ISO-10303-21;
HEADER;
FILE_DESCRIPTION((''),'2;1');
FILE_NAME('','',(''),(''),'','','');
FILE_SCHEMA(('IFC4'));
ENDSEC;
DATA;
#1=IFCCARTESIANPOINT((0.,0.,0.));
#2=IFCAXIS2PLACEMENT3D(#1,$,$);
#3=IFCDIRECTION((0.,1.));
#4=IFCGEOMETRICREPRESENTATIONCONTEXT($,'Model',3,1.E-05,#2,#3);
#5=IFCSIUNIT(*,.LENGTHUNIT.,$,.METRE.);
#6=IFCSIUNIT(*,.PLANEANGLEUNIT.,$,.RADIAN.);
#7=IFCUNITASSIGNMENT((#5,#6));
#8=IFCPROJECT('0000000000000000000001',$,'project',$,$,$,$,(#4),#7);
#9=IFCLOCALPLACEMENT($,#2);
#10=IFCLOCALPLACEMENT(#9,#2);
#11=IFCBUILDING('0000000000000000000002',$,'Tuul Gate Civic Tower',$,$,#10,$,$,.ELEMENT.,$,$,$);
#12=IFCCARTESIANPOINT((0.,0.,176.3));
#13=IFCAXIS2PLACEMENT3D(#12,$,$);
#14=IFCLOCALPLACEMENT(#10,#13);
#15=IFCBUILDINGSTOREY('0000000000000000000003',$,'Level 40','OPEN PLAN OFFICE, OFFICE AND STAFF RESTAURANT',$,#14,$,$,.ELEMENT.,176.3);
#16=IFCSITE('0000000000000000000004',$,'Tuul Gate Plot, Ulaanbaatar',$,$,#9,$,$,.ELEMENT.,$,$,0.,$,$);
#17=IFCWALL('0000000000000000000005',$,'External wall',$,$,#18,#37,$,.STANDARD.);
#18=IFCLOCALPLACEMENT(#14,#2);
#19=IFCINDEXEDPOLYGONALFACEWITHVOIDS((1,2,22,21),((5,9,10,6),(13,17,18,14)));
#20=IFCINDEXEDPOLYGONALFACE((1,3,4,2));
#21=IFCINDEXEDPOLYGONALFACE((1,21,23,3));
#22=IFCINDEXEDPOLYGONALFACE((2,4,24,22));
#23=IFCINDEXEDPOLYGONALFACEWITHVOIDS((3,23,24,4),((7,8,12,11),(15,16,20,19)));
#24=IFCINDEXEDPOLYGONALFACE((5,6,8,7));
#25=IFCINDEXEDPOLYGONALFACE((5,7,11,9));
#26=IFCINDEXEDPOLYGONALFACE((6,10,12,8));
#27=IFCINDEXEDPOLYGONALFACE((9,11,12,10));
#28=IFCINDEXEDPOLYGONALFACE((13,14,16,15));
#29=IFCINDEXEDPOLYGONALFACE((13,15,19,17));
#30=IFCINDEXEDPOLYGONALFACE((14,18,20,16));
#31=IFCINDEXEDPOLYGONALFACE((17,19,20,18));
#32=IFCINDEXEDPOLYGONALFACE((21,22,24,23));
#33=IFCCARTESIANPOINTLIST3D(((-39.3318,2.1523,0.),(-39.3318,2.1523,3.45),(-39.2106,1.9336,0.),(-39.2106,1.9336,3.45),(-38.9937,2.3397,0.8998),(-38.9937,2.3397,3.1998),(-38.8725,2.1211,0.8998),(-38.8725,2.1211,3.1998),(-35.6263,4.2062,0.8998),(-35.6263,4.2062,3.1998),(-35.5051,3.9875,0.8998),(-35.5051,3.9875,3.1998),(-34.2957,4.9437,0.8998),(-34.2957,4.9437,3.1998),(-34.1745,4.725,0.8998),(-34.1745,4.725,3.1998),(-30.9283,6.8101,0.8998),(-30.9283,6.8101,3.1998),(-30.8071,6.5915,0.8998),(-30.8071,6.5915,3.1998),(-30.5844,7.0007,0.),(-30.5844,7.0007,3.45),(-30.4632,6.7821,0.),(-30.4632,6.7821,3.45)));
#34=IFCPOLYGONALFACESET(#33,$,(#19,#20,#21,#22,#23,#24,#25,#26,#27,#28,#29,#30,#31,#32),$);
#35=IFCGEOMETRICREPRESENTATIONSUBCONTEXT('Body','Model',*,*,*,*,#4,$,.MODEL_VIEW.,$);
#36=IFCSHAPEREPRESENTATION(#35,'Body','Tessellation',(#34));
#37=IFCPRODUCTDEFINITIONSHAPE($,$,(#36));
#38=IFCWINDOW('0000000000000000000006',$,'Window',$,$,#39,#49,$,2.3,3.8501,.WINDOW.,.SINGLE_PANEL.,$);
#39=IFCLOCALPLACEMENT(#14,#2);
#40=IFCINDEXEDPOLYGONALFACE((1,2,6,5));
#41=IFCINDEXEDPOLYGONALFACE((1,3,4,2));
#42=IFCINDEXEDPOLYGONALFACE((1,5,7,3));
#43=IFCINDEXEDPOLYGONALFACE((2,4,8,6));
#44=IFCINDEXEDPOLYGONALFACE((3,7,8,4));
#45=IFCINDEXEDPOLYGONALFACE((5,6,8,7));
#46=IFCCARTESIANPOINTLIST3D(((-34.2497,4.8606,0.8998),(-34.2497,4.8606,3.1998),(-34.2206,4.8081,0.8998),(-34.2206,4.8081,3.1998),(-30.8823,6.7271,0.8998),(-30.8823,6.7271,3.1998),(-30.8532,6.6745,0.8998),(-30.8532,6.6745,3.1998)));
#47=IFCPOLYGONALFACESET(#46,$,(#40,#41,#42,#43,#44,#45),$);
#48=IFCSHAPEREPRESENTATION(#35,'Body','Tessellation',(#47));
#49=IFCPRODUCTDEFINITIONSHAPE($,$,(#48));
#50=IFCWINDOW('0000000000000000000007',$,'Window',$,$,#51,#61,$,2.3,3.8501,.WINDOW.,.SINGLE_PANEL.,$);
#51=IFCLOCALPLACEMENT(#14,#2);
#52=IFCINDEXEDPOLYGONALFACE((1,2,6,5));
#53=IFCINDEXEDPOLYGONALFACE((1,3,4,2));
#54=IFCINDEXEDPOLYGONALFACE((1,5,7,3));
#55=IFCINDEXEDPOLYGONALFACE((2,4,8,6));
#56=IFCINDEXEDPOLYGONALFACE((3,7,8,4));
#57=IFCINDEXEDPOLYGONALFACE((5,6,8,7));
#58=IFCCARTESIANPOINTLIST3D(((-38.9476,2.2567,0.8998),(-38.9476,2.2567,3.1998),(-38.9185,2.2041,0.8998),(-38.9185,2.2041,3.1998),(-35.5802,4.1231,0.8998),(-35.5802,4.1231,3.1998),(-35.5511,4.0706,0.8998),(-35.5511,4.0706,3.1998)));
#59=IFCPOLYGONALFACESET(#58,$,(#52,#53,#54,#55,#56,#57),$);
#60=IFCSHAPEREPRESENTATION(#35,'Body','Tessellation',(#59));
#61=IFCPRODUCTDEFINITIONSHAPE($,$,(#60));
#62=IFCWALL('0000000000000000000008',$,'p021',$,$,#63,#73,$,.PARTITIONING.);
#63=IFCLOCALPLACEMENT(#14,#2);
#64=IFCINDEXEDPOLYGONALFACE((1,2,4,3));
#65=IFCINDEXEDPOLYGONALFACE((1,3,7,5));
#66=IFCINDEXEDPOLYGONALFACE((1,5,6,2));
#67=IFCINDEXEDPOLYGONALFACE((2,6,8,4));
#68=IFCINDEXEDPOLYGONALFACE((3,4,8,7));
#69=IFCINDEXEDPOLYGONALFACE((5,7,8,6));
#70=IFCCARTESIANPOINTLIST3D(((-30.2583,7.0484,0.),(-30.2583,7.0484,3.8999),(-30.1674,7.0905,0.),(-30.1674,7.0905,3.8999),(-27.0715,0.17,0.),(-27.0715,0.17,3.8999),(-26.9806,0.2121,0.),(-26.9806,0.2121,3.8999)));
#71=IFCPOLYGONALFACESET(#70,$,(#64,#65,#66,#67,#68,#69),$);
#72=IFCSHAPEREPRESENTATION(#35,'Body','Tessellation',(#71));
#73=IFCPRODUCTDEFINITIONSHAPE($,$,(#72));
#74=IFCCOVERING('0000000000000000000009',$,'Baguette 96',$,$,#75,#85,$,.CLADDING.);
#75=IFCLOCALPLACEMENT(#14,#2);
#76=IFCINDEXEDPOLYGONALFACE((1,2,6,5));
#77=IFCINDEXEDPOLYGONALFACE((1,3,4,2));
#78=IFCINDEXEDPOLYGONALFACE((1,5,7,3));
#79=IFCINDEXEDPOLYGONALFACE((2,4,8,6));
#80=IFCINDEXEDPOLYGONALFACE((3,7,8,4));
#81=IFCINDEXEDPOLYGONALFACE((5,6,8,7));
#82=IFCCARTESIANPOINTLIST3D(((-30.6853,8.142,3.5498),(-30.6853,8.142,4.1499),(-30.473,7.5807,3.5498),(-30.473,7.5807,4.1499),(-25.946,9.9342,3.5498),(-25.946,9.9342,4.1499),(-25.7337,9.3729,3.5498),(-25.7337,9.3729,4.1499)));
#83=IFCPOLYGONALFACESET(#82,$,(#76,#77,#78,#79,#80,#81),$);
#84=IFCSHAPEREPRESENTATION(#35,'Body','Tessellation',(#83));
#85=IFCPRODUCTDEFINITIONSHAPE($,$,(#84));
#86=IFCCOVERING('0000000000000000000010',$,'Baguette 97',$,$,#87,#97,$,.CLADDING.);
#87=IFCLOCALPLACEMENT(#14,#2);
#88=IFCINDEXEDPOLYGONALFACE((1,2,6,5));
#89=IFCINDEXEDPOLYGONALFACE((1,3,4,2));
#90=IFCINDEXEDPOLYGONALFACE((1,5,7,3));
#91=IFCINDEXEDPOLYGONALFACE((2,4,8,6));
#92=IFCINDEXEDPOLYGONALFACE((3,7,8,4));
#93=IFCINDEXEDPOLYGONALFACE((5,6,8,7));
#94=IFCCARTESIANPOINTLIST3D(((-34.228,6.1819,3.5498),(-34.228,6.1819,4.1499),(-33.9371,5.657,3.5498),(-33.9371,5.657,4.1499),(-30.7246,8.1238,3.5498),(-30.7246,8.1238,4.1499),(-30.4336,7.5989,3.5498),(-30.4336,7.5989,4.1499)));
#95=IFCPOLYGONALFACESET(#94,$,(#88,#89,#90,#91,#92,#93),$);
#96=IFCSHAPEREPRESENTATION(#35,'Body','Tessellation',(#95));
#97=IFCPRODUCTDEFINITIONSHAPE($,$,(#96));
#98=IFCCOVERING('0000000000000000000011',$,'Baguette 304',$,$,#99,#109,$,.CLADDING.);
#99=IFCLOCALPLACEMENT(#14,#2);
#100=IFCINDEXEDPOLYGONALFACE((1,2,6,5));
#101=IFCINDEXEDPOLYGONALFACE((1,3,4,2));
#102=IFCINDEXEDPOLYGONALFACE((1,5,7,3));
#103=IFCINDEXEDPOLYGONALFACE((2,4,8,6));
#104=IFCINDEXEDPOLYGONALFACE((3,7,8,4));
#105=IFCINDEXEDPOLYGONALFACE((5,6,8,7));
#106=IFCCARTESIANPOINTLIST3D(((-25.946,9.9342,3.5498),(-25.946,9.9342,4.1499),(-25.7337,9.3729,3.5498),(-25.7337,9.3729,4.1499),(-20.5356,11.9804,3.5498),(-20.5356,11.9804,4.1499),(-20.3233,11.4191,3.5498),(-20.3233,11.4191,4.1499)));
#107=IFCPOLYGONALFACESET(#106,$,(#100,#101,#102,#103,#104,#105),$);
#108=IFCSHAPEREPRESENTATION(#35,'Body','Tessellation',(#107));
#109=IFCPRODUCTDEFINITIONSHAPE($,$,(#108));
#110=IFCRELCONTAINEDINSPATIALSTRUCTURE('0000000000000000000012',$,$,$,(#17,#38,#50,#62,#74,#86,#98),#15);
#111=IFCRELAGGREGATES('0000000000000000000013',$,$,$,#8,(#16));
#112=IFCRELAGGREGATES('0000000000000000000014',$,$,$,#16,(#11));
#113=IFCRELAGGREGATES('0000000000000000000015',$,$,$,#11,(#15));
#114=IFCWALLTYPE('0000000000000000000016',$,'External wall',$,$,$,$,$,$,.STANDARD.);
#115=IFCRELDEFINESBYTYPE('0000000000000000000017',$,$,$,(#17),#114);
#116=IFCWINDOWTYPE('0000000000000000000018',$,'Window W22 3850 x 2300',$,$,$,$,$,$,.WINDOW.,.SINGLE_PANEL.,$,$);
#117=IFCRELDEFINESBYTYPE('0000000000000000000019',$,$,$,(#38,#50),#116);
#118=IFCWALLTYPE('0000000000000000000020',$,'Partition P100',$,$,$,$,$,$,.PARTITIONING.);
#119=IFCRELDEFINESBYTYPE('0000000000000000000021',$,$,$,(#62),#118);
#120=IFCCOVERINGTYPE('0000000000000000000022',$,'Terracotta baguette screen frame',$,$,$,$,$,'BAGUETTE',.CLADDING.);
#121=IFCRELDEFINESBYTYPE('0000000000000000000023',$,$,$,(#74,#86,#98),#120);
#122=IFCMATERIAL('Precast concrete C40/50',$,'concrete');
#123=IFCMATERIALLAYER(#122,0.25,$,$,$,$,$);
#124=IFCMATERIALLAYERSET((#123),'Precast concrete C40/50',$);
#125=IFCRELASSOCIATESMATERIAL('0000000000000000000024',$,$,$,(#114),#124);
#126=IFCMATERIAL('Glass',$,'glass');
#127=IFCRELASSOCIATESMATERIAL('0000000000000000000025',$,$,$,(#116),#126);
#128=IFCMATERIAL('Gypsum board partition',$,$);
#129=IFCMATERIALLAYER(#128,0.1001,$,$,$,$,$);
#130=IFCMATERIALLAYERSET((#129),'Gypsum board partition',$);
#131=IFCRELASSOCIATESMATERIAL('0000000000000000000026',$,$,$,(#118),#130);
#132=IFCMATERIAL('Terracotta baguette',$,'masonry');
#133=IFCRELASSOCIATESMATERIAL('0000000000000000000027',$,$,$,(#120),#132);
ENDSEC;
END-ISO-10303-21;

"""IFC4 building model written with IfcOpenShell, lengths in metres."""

from ifc_helpers import new_model, si_unit, direction, frame, frame_2d, origin, origin_2d, place, context, subcontext, project, spatial, rectangle, extrude, material, layer, layer_set, material_profile, profile_set, type_object, element, fill, save


model = new_model("IFC4")

# Units and contexts
model_context = context("Model", 3, precision=1e-05, world=origin(), true_north=direction((0.0, 1.0)))
body_context = subcontext(model_context, "Body", "Model", "MODEL_VIEW")
ifc_project = project(units=[si_unit("LENGTHUNIT", "METRE"), si_unit("PLANEANGLEUNIT", "RADIAN")], contexts=[model_context])

# Site, building, storey
site_placement = place(None, origin())
site = spatial("IfcSite", under=ifc_project, at=site_placement, Name="Tuul Gate Plot, Ulaanbaatar", CompositionType="ELEMENT", RefElevation=0.0)
building_placement = place(site_placement, origin())
building = spatial("IfcBuilding", under=site, at=building_placement, Name="Tuul Gate Civic Tower", CompositionType="ELEMENT")
storey_placement = place(building_placement, frame((0.0, 0.0, 176.3)))
storey = spatial("IfcBuildingStorey", under=building, at=storey_placement, Name="Level 40", Description="OPEN PLAN OFFICE, OFFICE AND STAFF RESTAURANT", CompositionType="ELEMENT", Elevation=176.3)

# Wall, openings, windows
ifc_material_1 = material(Name="Precast concrete C40/50", Category="concrete")
ifc_layer_1 = layer(ifc_material_1, 0.25)
ifc_layer_set_1 = layer_set([ifc_layer_1], Name="Precast concrete C40/50")
wall_type_1 = type_object("IfcWallType", Name="External wall", PredefinedType="STANDARD", material=ifc_layer_set_1)
ifc_material_2 = material(Name="Glass", Category="glass")
window_type = type_object("IfcWindowType", Name="Window W22 3850 x 2300", PartitioningType="SINGLE_PANEL", PredefinedType="WINDOW", material=ifc_material_2)
wall_1_placement = place(storey_placement, frame((-30.5239, 6.8914, 0.0), z_axis=(0.0, 0.0, 1.0), x_axis=(-0.874634, -0.484785, 0.0)))
wall_1 = element("IfcWall", 1, at=wall_1_placement, inside=storey, type_object=wall_type_1, Name="External wall", PredefinedType="STANDARD", context=body_context, shape_type="SweptSolid", body=[
    extrude(rectangle(XDim=10.0012, YDim=0.25, at=frame_2d((5.0005, 0.0))), origin(), (0.0, 0.0, 1.0), 3.45),
])
opening_1_placement = place(wall_1_placement, frame((0.3931, 0.0, 0.8999)))
opening_1 = element("IfcOpeningElement", 2, at=opening_1_placement, cuts=wall_1, PredefinedType="OPENING", context=body_context, shape_type="SweptSolid", body=[
    extrude(rectangle(XDim=3.8501, YDim=2.3, at=frame_2d((1.925, 1.1499))), frame((0.0, 0.135, 0.0), z_axis=(0.0, -1.0, 0.0), x_axis=(1.0, 0.0, 0.0)), (0.0, 0.0, 1.0), 0.27),
])
opening_2_placement = place(wall_1_placement, frame((5.7644, 0.0, 0.8999)))
opening_2 = element("IfcOpeningElement", 3, at=opening_2_placement, cuts=wall_1, PredefinedType="OPENING", context=body_context, shape_type="SweptSolid", body=[
    extrude(rectangle(XDim=3.8501, YDim=2.3, at=frame_2d((1.925, 1.1499))), frame((0.0, 0.135, 0.0), z_axis=(0.0, -1.0, 0.0), x_axis=(1.0, 0.0, 0.0)), (0.0, 0.0, 1.0), 0.27),
])
window_1_placement = place(opening_1_placement, origin())
window_1 = element("IfcWindow", 4, at=window_1_placement, inside=storey, type_object=window_type, Name="Window", OverallHeight=2.3, OverallWidth=3.8501, PartitioningType="SINGLE_PANEL", PredefinedType="WINDOW", context=body_context, shape_type="SweptSolid", body=[
    extrude(rectangle(XDim=3.8501, YDim=2.3, at=frame_2d((1.925, 1.1499))), frame((0.0, 0.03, 0.0), z_axis=(0.0, -1.0, 0.0), x_axis=(1.0, 0.0, 0.0)), (0.0, 0.0, 1.0), 0.0601),
])
fill(opening_1, window_1)
window_2_placement = place(opening_2_placement, origin())
window_2 = element("IfcWindow", 5, at=window_2_placement, inside=storey, type_object=window_type, Name="Window", OverallHeight=2.3, OverallWidth=3.8501, PartitioningType="SINGLE_PANEL", PredefinedType="WINDOW", context=body_context, shape_type="SweptSolid", body=[
    extrude(rectangle(XDim=3.8501, YDim=2.3, at=frame_2d((1.925, 1.1499))), frame((0.0, 0.03, 0.0), z_axis=(0.0, -1.0, 0.0), x_axis=(1.0, 0.0, 0.0)), (0.0, 0.0, 1.0), 0.0601),
])
fill(opening_2, window_2)

# Wall
ifc_material_3 = material(Name="Gypsum board partition")
ifc_layer_2 = layer(ifc_material_3, 0.1001)
ifc_layer_set_2 = layer_set([ifc_layer_2], Name="Gypsum board partition")
wall_type_2 = type_object("IfcWallType", Name="Partition P100", PredefinedType="PARTITIONING", material=ifc_layer_set_2)
wall_2_placement = place(storey_placement, frame((-30.2129, 7.0696, 0.0), z_axis=(0.0, 0.0, 1.0), x_axis=(0.420375, -0.90735, 0.0)))
element("IfcWall", 6, at=wall_2_placement, inside=storey, type_object=wall_type_2, Name="p021", PredefinedType="PARTITIONING", context=body_context, shape_type="SweptSolid", body=[
    extrude(rectangle(XDim=7.5808, YDim=0.1001, at=frame_2d((3.7905, 0.0))), origin(), (0.0, 0.0, 1.0), 3.8999),
])

# Coverings
ifc_material_4 = material(Name="Terracotta baguette", Category="masonry")
ifc_material_profile_1 = material_profile(ifc_material_4, rectangle(XDim=0.6001, YDim=0.6001, at=origin_2d()), Name="Terracotta baguette screen frame")
ifc_profile_set_1 = profile_set([ifc_material_profile_1], Name="Terracotta baguette")
covering_type = type_object("IfcCoveringType", Name="Terracotta baguette screen frame", ElementType="BAGUETTE", PredefinedType="CLADDING", material=ifc_profile_set_1)
covering_1_placement = place(storey_placement, frame((-25.8398, 9.6536, 3.8499), z_axis=(-0.935351, -0.35372, 0.0), x_axis=(0.35372, -0.935351, 0.0)))
element("IfcCovering", 7, at=covering_1_placement, inside=storey, type_object=covering_type, Name="Baguette 96", PredefinedType="CLADDING", context=body_context, shape_type="SweptSolid", body=[
    extrude(rectangle(XDim=0.6001, YDim=0.6001, at=origin_2d()), origin(), (0.0, 0.0, 1.0), 5.0669),
])
covering_2_placement = place(storey_placement, frame((-30.5791, 7.8613, 3.8499), z_axis=(-0.874628, -0.484794, 0.0), x_axis=(0.484794, -0.874628, 0.0)))
element("IfcCovering", 8, at=covering_2_placement, inside=storey, type_object=covering_type, Name="Baguette 97", PredefinedType="CLADDING", context=body_context, shape_type="SweptSolid", body=[
    extrude(rectangle(XDim=0.6001, YDim=0.6001, at=origin_2d()), origin(), (0.0, 0.0, 1.0), 4.0056),
])
covering_3_placement = place(storey_placement, frame((-20.4294, 11.6997, 3.8499), z_axis=(-0.935346, -0.353735, 0.0), x_axis=(0.353735, -0.935346, 0.0)))
element("IfcCovering", 9, at=covering_3_placement, inside=storey, type_object=covering_type, Name="Baguette 304", PredefinedType="CLADDING", context=body_context, shape_type="SweptSolid", body=[
    extrude(rectangle(XDim=0.6001, YDim=0.6001, at=origin_2d()), origin(), (0.0, 0.0, 1.0), 5.7844),
])

save(model, "model.ifc")
